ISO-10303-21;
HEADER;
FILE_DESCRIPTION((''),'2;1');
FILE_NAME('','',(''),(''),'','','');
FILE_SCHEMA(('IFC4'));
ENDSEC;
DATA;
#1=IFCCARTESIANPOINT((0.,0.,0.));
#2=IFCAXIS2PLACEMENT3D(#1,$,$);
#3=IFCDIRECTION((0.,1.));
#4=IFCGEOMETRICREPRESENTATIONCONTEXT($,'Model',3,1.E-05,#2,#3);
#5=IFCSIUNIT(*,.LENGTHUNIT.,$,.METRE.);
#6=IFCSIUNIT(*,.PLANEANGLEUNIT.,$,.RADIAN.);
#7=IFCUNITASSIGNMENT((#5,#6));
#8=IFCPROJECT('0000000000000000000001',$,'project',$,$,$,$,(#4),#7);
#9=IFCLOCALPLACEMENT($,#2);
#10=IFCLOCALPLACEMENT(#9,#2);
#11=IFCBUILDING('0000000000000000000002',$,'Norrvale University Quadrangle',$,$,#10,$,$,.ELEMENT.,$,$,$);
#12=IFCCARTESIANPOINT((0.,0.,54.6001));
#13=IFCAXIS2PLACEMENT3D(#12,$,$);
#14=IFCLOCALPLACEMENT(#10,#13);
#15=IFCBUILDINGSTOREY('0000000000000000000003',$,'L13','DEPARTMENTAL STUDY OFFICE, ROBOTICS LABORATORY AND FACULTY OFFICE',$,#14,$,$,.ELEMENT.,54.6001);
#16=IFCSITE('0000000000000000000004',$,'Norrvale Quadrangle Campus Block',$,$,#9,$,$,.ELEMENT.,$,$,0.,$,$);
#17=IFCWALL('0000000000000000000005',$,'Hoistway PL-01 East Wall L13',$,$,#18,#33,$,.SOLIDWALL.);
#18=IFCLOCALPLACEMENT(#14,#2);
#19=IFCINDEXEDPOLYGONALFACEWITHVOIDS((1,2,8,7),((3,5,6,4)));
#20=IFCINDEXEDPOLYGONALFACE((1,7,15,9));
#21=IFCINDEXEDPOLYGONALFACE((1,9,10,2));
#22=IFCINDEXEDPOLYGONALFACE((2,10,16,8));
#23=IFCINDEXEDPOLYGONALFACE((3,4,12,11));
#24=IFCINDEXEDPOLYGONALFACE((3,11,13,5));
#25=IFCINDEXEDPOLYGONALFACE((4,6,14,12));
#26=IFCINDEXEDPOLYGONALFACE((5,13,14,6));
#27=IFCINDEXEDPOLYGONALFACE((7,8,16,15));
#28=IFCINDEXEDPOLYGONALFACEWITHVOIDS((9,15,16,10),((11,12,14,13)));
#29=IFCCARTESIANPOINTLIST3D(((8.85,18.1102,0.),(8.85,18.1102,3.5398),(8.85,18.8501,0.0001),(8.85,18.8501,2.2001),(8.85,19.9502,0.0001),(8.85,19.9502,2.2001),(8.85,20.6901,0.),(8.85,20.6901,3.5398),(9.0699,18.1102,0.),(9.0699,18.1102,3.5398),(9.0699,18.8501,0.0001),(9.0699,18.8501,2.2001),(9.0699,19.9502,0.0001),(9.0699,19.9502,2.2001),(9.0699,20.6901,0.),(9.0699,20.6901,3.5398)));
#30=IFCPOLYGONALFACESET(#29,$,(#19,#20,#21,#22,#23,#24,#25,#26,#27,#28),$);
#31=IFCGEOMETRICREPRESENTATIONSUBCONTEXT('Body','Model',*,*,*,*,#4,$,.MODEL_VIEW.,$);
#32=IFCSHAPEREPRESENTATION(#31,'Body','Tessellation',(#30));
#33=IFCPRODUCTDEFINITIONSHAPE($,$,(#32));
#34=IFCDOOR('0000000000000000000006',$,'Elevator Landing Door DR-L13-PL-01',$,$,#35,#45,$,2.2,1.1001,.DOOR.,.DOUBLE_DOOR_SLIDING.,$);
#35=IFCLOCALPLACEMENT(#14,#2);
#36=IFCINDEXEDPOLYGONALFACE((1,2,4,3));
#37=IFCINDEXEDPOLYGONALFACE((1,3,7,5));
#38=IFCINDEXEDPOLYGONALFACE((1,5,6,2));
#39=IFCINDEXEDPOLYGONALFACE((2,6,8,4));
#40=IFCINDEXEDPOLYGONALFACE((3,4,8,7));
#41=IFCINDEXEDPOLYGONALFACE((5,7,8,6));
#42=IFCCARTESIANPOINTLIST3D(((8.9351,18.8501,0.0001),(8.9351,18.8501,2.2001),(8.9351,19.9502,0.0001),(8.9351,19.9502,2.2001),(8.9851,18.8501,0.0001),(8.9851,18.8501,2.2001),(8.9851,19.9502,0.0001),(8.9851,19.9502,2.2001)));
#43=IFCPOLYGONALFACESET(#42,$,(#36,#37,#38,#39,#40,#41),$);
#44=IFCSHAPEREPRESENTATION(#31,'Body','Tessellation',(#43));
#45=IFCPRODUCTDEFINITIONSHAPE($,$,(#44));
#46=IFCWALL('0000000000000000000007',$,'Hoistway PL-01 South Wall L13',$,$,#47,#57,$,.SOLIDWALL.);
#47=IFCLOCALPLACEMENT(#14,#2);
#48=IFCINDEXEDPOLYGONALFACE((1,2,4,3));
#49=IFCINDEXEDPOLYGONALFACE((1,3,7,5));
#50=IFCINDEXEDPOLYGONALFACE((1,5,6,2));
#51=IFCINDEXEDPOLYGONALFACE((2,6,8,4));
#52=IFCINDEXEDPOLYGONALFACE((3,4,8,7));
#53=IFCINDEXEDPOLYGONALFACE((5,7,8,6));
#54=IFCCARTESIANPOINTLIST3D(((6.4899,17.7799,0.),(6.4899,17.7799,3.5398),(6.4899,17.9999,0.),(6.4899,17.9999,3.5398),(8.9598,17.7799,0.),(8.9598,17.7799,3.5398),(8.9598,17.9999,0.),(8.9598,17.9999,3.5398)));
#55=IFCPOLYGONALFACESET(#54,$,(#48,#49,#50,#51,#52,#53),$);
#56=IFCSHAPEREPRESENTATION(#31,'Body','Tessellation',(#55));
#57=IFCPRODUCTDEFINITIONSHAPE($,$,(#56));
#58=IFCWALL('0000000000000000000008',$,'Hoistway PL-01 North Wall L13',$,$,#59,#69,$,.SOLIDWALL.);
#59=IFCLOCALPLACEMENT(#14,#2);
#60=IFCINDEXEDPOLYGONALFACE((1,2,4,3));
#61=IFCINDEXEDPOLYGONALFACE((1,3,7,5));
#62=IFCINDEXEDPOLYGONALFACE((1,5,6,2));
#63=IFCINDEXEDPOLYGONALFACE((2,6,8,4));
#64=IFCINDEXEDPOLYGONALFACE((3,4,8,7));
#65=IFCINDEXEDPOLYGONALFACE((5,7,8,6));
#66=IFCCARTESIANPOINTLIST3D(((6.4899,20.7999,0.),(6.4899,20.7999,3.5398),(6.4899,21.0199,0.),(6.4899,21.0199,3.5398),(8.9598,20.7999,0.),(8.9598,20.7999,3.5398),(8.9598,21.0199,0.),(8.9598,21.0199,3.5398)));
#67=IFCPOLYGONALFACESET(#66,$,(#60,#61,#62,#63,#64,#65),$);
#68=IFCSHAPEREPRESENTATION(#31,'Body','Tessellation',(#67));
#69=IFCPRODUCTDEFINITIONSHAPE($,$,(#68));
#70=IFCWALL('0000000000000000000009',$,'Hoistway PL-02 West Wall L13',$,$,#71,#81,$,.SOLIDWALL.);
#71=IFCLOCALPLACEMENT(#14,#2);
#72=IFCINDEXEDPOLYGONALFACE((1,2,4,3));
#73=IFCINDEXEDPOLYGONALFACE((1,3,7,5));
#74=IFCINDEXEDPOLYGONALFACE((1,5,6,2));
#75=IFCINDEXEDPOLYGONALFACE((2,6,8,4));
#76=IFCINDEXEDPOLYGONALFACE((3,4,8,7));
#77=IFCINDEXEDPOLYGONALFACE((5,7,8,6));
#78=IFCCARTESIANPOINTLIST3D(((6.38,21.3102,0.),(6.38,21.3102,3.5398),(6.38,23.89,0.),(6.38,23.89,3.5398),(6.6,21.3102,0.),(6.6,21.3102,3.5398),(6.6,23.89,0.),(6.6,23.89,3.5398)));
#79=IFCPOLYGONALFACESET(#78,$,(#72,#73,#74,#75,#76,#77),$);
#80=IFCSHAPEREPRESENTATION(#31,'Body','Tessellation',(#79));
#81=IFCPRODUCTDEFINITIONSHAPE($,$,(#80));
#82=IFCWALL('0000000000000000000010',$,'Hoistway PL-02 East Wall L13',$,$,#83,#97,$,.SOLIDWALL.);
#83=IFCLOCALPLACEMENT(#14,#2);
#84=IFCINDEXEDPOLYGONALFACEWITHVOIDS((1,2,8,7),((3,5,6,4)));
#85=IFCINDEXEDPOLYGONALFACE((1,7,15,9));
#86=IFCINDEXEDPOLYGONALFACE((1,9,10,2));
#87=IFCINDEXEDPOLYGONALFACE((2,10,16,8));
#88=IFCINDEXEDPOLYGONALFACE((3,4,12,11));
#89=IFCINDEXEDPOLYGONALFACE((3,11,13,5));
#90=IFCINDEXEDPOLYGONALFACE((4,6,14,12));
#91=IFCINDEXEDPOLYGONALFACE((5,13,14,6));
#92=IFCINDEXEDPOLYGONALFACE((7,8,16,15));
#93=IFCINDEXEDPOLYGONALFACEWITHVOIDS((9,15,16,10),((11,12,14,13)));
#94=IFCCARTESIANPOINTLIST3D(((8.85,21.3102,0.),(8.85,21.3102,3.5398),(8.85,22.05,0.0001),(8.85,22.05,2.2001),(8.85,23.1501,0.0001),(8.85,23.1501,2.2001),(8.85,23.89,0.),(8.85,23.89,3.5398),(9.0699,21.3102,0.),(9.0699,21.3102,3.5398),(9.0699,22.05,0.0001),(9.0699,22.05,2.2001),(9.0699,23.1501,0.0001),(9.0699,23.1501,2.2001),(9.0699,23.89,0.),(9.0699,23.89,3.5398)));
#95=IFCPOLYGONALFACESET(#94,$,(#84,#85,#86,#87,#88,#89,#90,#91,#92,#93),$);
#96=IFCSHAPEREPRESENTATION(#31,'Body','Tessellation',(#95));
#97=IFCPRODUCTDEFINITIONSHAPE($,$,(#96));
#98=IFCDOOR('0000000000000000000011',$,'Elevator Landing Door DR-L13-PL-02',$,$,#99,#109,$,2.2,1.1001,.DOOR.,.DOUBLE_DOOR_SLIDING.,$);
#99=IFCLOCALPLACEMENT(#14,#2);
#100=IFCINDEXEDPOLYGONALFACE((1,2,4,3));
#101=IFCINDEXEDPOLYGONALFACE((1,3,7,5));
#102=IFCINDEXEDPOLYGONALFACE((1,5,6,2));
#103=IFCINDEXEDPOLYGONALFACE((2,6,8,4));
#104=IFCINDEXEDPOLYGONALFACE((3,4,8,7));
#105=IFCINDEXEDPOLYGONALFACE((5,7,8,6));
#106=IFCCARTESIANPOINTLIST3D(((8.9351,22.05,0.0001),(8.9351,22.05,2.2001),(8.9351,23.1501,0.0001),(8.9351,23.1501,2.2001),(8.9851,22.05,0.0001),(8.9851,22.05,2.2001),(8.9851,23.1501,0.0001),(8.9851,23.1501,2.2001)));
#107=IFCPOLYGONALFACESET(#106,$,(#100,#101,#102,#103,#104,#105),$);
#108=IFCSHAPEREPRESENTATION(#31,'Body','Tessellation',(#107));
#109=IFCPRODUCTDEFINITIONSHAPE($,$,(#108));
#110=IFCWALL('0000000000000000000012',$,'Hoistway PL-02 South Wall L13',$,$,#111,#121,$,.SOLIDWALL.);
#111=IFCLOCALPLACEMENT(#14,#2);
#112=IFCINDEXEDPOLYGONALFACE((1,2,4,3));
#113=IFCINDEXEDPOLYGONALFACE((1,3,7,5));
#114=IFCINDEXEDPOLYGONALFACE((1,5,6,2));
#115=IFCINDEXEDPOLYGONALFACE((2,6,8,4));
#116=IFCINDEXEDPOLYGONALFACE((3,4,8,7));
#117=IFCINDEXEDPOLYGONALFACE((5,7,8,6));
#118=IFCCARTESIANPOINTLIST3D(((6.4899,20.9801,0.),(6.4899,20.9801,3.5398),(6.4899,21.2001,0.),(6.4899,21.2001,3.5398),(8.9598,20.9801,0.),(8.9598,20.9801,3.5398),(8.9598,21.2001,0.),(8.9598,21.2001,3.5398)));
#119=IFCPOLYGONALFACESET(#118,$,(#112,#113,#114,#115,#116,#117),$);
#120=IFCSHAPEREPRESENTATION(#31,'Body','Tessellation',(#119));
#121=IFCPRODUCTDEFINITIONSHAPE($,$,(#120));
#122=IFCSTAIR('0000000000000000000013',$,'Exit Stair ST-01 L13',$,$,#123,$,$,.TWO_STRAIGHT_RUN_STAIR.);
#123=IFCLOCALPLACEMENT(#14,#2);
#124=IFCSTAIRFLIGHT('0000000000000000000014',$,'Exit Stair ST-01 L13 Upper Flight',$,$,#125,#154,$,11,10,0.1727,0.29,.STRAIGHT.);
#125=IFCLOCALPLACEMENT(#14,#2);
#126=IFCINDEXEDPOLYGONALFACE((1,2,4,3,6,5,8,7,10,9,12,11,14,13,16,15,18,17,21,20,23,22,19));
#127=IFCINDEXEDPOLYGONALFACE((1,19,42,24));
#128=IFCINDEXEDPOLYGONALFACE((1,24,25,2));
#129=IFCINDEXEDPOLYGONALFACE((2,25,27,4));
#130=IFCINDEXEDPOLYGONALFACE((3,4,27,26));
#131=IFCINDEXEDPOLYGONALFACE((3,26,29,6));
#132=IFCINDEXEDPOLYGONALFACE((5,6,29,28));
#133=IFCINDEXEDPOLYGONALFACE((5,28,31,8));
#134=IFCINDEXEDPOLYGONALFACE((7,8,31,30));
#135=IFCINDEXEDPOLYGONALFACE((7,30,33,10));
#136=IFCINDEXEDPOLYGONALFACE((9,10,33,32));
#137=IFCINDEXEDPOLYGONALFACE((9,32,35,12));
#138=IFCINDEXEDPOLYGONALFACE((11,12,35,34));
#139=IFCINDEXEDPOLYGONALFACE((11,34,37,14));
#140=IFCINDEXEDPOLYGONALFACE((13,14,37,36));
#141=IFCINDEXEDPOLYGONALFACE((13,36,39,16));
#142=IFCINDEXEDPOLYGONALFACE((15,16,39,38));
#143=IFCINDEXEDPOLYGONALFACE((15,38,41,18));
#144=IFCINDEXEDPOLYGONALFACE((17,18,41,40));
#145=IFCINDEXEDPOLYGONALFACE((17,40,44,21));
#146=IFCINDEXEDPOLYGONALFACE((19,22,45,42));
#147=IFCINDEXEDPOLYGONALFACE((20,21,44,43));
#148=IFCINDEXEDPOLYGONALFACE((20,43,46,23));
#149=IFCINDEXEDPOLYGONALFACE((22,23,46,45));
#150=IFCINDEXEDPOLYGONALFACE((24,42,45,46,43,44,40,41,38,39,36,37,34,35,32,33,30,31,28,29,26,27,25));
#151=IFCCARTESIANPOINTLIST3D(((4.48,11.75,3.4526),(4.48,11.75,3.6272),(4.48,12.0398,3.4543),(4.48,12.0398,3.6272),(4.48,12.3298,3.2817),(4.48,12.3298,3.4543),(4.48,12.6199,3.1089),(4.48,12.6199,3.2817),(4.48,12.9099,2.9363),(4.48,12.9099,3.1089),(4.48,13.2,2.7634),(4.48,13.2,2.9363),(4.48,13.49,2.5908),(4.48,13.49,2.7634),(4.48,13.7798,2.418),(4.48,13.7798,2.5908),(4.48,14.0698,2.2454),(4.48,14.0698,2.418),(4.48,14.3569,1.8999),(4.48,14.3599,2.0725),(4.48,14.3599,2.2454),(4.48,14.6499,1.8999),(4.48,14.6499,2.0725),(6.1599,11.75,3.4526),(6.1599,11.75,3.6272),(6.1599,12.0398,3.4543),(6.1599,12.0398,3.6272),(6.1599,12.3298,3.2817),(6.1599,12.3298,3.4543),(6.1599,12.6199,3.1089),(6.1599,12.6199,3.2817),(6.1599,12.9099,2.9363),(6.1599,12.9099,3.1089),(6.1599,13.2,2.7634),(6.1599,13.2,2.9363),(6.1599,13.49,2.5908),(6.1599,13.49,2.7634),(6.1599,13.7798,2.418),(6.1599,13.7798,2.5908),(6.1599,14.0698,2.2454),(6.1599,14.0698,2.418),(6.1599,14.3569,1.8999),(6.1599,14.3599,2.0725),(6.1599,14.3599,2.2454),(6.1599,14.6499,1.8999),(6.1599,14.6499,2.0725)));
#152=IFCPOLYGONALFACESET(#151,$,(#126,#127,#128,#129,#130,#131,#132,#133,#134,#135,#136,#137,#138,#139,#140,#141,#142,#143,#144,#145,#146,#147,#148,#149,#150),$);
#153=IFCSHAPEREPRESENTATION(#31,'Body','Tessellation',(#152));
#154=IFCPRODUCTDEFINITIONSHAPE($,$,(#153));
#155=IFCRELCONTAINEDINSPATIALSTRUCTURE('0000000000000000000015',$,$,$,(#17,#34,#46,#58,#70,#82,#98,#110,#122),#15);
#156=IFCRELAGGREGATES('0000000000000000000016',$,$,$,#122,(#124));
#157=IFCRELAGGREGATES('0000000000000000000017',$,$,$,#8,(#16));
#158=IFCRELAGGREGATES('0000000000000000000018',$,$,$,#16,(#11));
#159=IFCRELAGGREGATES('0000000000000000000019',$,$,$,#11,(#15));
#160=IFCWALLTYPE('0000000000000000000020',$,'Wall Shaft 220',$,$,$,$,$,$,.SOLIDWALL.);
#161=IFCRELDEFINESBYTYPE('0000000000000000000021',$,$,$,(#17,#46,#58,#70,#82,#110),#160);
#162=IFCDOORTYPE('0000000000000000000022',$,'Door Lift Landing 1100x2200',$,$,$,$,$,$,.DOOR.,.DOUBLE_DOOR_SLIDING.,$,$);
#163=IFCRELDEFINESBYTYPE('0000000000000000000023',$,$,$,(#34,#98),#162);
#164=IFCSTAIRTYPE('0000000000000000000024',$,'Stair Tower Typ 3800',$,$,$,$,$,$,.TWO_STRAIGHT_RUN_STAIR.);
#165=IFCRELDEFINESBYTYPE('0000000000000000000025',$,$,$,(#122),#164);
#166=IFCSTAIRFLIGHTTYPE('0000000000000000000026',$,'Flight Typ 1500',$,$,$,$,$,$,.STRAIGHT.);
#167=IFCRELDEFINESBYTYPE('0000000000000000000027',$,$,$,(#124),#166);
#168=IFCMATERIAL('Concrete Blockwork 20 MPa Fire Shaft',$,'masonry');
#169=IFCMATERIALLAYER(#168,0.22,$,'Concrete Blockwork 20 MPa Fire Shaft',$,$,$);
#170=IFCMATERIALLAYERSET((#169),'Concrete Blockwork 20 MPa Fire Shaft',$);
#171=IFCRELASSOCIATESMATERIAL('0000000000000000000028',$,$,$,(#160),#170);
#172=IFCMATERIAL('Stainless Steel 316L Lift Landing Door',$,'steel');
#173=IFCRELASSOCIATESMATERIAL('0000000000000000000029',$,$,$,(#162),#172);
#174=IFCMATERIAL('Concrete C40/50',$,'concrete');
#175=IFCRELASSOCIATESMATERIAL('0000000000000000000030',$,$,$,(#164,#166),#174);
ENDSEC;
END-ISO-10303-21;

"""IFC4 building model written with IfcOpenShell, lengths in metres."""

from ifc_helpers import new_model, si_unit, direction, frame, frame_2d, origin, place, context, subcontext, project, spatial, polyline, rectangle, outline, extrude, material, layer, layer_set, type_object, element, fill, aggregate, save


model = new_model("IFC4")

# Units and contexts
model_context = context("Model", 3, precision=1e-05, world=origin(), true_north=direction((0.0, 1.0)))
body_context = subcontext(model_context, "Body", "Model", "MODEL_VIEW")
ifc_project = project(units=[si_unit("LENGTHUNIT", "METRE"), si_unit("PLANEANGLEUNIT", "RADIAN")], contexts=[model_context])

# Site, building, storey
site_placement = place(None, origin())
site = spatial("IfcSite", under=ifc_project, at=site_placement, Name="Norrvale Quadrangle Campus Block", CompositionType="ELEMENT", RefElevation=0.0)
building_placement = place(site_placement, origin())
building = spatial("IfcBuilding", under=site, at=building_placement, Name="Norrvale University Quadrangle", CompositionType="ELEMENT")
storey_placement = place(building_placement, frame((0.0, 0.0, 54.6001)))
storey = spatial("IfcBuildingStorey", under=building, at=storey_placement, Name="L13", Description="DEPARTMENTAL STUDY OFFICE, ROBOTICS LABORATORY AND FACULTY OFFICE", CompositionType="ELEMENT", Elevation=54.6001)

# Shared definitions
ifc_material_1 = material(Name="Concrete Blockwork 20 MPa Fire Shaft", Category="masonry")
ifc_layer_1 = layer(ifc_material_1, 0.22, Name="Concrete Blockwork 20 MPa Fire Shaft")
ifc_layer_set_1 = layer_set([ifc_layer_1], Name="Concrete Blockwork 20 MPa Fire Shaft")
wall_type_1 = type_object("IfcWallType", Name="Wall Shaft 220", PredefinedType="SOLIDWALL", material=ifc_layer_set_1)

# Wall, opening, door
wall_1_placement = place(storey_placement, frame((8.96, 18.1101, 0.0), z_axis=(0.0, 0.0, 1.0), x_axis=(0.0, 1.0, 0.0)))
wall_1 = element("IfcWall", 1, at=wall_1_placement, inside=storey, type_object=wall_type_1, Name="Hoistway PL-01 East Wall L13", PredefinedType="SOLIDWALL", context=body_context, shape_type="SweptSolid", body=[
    extrude(rectangle(XDim=2.5798, YDim=0.22, at=frame_2d((1.29, 0.0))), origin(), (0.0, 0.0, 1.0), 3.5398),
])
opening_1_placement = place(wall_1_placement, frame((0.74, 0.0, 0.0)))
opening_1 = element("IfcOpeningElement", 2, at=opening_1_placement, cuts=wall_1, PredefinedType="OPENING", context=body_context, shape_type="SweptSolid", body=[
    extrude(rectangle(XDim=1.1001, YDim=2.2, at=frame_2d((0.55, 1.1001))), frame((0.0, 0.1221, 0.0), z_axis=(0.0, -1.0, 0.0), x_axis=(1.0, 0.0, 0.0)), (0.0, 0.0, 1.0), 0.2439),
])
ifc_material_2 = material(Name="Stainless Steel 316L Lift Landing Door", Category="steel")
door_type_1 = type_object("IfcDoorType", Name="Door Lift Landing 1100x2200", OperationType="DOUBLE_DOOR_SLIDING", PredefinedType="DOOR", material=ifc_material_2)
door_1_placement = place(opening_1_placement, origin())
door_1 = element("IfcDoor", 3, at=door_1_placement, inside=storey, type_object=door_type_1, Name="Elevator Landing Door DR-L13-PL-01", OperationType="DOUBLE_DOOR_SLIDING", OverallHeight=2.2, OverallWidth=1.1001, PredefinedType="DOOR", context=body_context, shape_type="SweptSolid", body=[
    extrude(rectangle(XDim=1.1001, YDim=2.2, at=frame_2d((0.55, 1.1001))), frame((0.0, 0.0249, 0.0), z_axis=(0.0, -1.0, 0.0), x_axis=(1.0, 0.0, 0.0)), (0.0, 0.0, 1.0), 0.05),
])
fill(opening_1, door_1)

# Walls
for number, where, z_axis, x_axis, name in (
    (4, (6.49, 17.8899, 0.0), (0.0, 0.0, 1.0), (1.0, 0.0, 0.0), "Hoistway PL-01 South Wall L13"),
    (5, (6.49, 20.9099, 0.0), (0.0, 0.0, 1.0), (1.0, 0.0, 0.0), "Hoistway PL-01 North Wall L13"),
):
    element("IfcWall", number, at=place(storey_placement, frame(where, z_axis=z_axis, x_axis=x_axis)), inside=storey, type_object=wall_type_1, Name=name, PredefinedType="SOLIDWALL", context=body_context, shape_type="SweptSolid", body=[
        extrude(rectangle(XDim=2.47, YDim=0.22, at=frame_2d((1.2349, 0.0))), origin(), (0.0, 0.0, 1.0), 3.5398),
    ])
wall_2_placement = place(storey_placement, frame((6.49, 21.3101, 0.0), z_axis=(0.0, 0.0, 1.0), x_axis=(0.0, 1.0, 0.0)))
element("IfcWall", 6, at=wall_2_placement, inside=storey, type_object=wall_type_1, Name="Hoistway PL-02 West Wall L13", PredefinedType="SOLIDWALL", context=body_context, shape_type="SweptSolid", body=[
    extrude(rectangle(XDim=2.5798, YDim=0.22, at=frame_2d((1.29, 0.0))), origin(), (0.0, 0.0, 1.0), 3.5398),
])

# Wall, opening, door
wall_3_placement = place(storey_placement, frame((8.96, 21.3101, 0.0), z_axis=(0.0, 0.0, 1.0), x_axis=(0.0, 1.0, 0.0)))
wall_3 = element("IfcWall", 7, at=wall_3_placement, inside=storey, type_object=wall_type_1, Name="Hoistway PL-02 East Wall L13", PredefinedType="SOLIDWALL", context=body_context, shape_type="SweptSolid", body=[
    extrude(rectangle(XDim=2.5798, YDim=0.22, at=frame_2d((1.29, 0.0))), origin(), (0.0, 0.0, 1.0), 3.5398),
])
opening_2_placement = place(wall_3_placement, frame((0.74, 0.0, 0.0)))
opening_2 = element("IfcOpeningElement", 8, at=opening_2_placement, cuts=wall_3, PredefinedType="OPENING", context=body_context, shape_type="SweptSolid", body=[
    extrude(rectangle(XDim=1.1001, YDim=2.2, at=frame_2d((0.55, 1.1001))), frame((0.0, 0.1221, 0.0), z_axis=(0.0, -1.0, 0.0), x_axis=(1.0, 0.0, 0.0)), (0.0, 0.0, 1.0), 0.2439),
])
door_2_placement = place(opening_2_placement, origin())
door_2 = element("IfcDoor", 9, at=door_2_placement, inside=storey, type_object=door_type_1, Name="Elevator Landing Door DR-L13-PL-02", OperationType="DOUBLE_DOOR_SLIDING", OverallHeight=2.2, OverallWidth=1.1001, PredefinedType="DOOR", context=body_context, shape_type="SweptSolid", body=[
    extrude(rectangle(XDim=1.1001, YDim=2.2, at=frame_2d((0.55, 1.1001))), frame((0.0, 0.0249, 0.0), z_axis=(0.0, -1.0, 0.0), x_axis=(1.0, 0.0, 0.0)), (0.0, 0.0, 1.0), 0.05),
])
fill(opening_2, door_2)

# Wall
wall_4_placement = place(storey_placement, frame((6.49, 21.0901, 0.0), z_axis=(0.0, 0.0, 1.0), x_axis=(1.0, 0.0, 0.0)))
element("IfcWall", 10, at=wall_4_placement, inside=storey, type_object=wall_type_1, Name="Hoistway PL-02 South Wall L13", PredefinedType="SOLIDWALL", context=body_context, shape_type="SweptSolid", body=[
    extrude(rectangle(XDim=2.47, YDim=0.22, at=frame_2d((1.2349, 0.0))), origin(), (0.0, 0.0, 1.0), 3.5398),
])

# Stair, stair flight
ifc_material_3 = material(Name="Concrete C40/50", Category="concrete")
stair_type = type_object("IfcStairType", Name="Stair Tower Typ 3800", PredefinedType="TWO_STRAIGHT_RUN_STAIR", material=ifc_material_3)
stair_placement = place(storey_placement, origin())
stair = element("IfcStair", 11, at=stair_placement, inside=storey, type_object=stair_type, Name="Exit Stair ST-01 L13", PredefinedType="TWO_STRAIGHT_RUN_STAIR")
stair_flight_type = type_object("IfcStairFlightType", Name="Flight Typ 1500", PredefinedType="STRAIGHT", material=ifc_material_3)
stair_flight_placement = place(storey_placement, frame((5.3201, 14.6499, 1.8999), z_axis=(0.0, 0.0, 1.0), x_axis=(0.0, -1.0, 0.0)))
stair_flight = element("IfcStairFlight", 12, at=stair_flight_placement, type_object=stair_flight_type, Name="Exit Stair ST-01 L13 Upper Flight", NumberOfRisers=11, NumberOfTreads=10, PredefinedType="STRAIGHT", RiserHeight=0.1727, TreadLength=0.29, context=body_context, shape_type="SweptSolid", body=[
    extrude(outline(polyline([(0.0, 0.0), (0.0, 0.1726), (0.29, 0.1726), (0.29, 0.3455), (0.5801, 0.3455), (0.5801, 0.5181), (0.8701, 0.5181), (0.8701, 0.6909), (1.1599, 0.6909), (1.1599, 0.8635), (1.45, 0.8635), (1.45, 1.0364), (1.74, 1.0364), (1.74, 1.209), (2.03, 1.209), (2.03, 1.3818), (2.3201, 1.3818), (2.3201, 1.5544), (2.6101, 1.5544), (2.6101, 1.7273), (2.8999, 1.7273), (2.8999, 1.8999), (2.8999, 1.5527), (0.293, 0.0), (0.0, 0.0)])), frame((0.0, 0.8398, 0.0), z_axis=(0.0, -1.0, 0.0), x_axis=(1.0, 0.0, 0.0)), (0.0, 0.0, 1.0), 1.6799),
])
aggregate(stair, [stair_flight])

save(model, "model.ifc")
